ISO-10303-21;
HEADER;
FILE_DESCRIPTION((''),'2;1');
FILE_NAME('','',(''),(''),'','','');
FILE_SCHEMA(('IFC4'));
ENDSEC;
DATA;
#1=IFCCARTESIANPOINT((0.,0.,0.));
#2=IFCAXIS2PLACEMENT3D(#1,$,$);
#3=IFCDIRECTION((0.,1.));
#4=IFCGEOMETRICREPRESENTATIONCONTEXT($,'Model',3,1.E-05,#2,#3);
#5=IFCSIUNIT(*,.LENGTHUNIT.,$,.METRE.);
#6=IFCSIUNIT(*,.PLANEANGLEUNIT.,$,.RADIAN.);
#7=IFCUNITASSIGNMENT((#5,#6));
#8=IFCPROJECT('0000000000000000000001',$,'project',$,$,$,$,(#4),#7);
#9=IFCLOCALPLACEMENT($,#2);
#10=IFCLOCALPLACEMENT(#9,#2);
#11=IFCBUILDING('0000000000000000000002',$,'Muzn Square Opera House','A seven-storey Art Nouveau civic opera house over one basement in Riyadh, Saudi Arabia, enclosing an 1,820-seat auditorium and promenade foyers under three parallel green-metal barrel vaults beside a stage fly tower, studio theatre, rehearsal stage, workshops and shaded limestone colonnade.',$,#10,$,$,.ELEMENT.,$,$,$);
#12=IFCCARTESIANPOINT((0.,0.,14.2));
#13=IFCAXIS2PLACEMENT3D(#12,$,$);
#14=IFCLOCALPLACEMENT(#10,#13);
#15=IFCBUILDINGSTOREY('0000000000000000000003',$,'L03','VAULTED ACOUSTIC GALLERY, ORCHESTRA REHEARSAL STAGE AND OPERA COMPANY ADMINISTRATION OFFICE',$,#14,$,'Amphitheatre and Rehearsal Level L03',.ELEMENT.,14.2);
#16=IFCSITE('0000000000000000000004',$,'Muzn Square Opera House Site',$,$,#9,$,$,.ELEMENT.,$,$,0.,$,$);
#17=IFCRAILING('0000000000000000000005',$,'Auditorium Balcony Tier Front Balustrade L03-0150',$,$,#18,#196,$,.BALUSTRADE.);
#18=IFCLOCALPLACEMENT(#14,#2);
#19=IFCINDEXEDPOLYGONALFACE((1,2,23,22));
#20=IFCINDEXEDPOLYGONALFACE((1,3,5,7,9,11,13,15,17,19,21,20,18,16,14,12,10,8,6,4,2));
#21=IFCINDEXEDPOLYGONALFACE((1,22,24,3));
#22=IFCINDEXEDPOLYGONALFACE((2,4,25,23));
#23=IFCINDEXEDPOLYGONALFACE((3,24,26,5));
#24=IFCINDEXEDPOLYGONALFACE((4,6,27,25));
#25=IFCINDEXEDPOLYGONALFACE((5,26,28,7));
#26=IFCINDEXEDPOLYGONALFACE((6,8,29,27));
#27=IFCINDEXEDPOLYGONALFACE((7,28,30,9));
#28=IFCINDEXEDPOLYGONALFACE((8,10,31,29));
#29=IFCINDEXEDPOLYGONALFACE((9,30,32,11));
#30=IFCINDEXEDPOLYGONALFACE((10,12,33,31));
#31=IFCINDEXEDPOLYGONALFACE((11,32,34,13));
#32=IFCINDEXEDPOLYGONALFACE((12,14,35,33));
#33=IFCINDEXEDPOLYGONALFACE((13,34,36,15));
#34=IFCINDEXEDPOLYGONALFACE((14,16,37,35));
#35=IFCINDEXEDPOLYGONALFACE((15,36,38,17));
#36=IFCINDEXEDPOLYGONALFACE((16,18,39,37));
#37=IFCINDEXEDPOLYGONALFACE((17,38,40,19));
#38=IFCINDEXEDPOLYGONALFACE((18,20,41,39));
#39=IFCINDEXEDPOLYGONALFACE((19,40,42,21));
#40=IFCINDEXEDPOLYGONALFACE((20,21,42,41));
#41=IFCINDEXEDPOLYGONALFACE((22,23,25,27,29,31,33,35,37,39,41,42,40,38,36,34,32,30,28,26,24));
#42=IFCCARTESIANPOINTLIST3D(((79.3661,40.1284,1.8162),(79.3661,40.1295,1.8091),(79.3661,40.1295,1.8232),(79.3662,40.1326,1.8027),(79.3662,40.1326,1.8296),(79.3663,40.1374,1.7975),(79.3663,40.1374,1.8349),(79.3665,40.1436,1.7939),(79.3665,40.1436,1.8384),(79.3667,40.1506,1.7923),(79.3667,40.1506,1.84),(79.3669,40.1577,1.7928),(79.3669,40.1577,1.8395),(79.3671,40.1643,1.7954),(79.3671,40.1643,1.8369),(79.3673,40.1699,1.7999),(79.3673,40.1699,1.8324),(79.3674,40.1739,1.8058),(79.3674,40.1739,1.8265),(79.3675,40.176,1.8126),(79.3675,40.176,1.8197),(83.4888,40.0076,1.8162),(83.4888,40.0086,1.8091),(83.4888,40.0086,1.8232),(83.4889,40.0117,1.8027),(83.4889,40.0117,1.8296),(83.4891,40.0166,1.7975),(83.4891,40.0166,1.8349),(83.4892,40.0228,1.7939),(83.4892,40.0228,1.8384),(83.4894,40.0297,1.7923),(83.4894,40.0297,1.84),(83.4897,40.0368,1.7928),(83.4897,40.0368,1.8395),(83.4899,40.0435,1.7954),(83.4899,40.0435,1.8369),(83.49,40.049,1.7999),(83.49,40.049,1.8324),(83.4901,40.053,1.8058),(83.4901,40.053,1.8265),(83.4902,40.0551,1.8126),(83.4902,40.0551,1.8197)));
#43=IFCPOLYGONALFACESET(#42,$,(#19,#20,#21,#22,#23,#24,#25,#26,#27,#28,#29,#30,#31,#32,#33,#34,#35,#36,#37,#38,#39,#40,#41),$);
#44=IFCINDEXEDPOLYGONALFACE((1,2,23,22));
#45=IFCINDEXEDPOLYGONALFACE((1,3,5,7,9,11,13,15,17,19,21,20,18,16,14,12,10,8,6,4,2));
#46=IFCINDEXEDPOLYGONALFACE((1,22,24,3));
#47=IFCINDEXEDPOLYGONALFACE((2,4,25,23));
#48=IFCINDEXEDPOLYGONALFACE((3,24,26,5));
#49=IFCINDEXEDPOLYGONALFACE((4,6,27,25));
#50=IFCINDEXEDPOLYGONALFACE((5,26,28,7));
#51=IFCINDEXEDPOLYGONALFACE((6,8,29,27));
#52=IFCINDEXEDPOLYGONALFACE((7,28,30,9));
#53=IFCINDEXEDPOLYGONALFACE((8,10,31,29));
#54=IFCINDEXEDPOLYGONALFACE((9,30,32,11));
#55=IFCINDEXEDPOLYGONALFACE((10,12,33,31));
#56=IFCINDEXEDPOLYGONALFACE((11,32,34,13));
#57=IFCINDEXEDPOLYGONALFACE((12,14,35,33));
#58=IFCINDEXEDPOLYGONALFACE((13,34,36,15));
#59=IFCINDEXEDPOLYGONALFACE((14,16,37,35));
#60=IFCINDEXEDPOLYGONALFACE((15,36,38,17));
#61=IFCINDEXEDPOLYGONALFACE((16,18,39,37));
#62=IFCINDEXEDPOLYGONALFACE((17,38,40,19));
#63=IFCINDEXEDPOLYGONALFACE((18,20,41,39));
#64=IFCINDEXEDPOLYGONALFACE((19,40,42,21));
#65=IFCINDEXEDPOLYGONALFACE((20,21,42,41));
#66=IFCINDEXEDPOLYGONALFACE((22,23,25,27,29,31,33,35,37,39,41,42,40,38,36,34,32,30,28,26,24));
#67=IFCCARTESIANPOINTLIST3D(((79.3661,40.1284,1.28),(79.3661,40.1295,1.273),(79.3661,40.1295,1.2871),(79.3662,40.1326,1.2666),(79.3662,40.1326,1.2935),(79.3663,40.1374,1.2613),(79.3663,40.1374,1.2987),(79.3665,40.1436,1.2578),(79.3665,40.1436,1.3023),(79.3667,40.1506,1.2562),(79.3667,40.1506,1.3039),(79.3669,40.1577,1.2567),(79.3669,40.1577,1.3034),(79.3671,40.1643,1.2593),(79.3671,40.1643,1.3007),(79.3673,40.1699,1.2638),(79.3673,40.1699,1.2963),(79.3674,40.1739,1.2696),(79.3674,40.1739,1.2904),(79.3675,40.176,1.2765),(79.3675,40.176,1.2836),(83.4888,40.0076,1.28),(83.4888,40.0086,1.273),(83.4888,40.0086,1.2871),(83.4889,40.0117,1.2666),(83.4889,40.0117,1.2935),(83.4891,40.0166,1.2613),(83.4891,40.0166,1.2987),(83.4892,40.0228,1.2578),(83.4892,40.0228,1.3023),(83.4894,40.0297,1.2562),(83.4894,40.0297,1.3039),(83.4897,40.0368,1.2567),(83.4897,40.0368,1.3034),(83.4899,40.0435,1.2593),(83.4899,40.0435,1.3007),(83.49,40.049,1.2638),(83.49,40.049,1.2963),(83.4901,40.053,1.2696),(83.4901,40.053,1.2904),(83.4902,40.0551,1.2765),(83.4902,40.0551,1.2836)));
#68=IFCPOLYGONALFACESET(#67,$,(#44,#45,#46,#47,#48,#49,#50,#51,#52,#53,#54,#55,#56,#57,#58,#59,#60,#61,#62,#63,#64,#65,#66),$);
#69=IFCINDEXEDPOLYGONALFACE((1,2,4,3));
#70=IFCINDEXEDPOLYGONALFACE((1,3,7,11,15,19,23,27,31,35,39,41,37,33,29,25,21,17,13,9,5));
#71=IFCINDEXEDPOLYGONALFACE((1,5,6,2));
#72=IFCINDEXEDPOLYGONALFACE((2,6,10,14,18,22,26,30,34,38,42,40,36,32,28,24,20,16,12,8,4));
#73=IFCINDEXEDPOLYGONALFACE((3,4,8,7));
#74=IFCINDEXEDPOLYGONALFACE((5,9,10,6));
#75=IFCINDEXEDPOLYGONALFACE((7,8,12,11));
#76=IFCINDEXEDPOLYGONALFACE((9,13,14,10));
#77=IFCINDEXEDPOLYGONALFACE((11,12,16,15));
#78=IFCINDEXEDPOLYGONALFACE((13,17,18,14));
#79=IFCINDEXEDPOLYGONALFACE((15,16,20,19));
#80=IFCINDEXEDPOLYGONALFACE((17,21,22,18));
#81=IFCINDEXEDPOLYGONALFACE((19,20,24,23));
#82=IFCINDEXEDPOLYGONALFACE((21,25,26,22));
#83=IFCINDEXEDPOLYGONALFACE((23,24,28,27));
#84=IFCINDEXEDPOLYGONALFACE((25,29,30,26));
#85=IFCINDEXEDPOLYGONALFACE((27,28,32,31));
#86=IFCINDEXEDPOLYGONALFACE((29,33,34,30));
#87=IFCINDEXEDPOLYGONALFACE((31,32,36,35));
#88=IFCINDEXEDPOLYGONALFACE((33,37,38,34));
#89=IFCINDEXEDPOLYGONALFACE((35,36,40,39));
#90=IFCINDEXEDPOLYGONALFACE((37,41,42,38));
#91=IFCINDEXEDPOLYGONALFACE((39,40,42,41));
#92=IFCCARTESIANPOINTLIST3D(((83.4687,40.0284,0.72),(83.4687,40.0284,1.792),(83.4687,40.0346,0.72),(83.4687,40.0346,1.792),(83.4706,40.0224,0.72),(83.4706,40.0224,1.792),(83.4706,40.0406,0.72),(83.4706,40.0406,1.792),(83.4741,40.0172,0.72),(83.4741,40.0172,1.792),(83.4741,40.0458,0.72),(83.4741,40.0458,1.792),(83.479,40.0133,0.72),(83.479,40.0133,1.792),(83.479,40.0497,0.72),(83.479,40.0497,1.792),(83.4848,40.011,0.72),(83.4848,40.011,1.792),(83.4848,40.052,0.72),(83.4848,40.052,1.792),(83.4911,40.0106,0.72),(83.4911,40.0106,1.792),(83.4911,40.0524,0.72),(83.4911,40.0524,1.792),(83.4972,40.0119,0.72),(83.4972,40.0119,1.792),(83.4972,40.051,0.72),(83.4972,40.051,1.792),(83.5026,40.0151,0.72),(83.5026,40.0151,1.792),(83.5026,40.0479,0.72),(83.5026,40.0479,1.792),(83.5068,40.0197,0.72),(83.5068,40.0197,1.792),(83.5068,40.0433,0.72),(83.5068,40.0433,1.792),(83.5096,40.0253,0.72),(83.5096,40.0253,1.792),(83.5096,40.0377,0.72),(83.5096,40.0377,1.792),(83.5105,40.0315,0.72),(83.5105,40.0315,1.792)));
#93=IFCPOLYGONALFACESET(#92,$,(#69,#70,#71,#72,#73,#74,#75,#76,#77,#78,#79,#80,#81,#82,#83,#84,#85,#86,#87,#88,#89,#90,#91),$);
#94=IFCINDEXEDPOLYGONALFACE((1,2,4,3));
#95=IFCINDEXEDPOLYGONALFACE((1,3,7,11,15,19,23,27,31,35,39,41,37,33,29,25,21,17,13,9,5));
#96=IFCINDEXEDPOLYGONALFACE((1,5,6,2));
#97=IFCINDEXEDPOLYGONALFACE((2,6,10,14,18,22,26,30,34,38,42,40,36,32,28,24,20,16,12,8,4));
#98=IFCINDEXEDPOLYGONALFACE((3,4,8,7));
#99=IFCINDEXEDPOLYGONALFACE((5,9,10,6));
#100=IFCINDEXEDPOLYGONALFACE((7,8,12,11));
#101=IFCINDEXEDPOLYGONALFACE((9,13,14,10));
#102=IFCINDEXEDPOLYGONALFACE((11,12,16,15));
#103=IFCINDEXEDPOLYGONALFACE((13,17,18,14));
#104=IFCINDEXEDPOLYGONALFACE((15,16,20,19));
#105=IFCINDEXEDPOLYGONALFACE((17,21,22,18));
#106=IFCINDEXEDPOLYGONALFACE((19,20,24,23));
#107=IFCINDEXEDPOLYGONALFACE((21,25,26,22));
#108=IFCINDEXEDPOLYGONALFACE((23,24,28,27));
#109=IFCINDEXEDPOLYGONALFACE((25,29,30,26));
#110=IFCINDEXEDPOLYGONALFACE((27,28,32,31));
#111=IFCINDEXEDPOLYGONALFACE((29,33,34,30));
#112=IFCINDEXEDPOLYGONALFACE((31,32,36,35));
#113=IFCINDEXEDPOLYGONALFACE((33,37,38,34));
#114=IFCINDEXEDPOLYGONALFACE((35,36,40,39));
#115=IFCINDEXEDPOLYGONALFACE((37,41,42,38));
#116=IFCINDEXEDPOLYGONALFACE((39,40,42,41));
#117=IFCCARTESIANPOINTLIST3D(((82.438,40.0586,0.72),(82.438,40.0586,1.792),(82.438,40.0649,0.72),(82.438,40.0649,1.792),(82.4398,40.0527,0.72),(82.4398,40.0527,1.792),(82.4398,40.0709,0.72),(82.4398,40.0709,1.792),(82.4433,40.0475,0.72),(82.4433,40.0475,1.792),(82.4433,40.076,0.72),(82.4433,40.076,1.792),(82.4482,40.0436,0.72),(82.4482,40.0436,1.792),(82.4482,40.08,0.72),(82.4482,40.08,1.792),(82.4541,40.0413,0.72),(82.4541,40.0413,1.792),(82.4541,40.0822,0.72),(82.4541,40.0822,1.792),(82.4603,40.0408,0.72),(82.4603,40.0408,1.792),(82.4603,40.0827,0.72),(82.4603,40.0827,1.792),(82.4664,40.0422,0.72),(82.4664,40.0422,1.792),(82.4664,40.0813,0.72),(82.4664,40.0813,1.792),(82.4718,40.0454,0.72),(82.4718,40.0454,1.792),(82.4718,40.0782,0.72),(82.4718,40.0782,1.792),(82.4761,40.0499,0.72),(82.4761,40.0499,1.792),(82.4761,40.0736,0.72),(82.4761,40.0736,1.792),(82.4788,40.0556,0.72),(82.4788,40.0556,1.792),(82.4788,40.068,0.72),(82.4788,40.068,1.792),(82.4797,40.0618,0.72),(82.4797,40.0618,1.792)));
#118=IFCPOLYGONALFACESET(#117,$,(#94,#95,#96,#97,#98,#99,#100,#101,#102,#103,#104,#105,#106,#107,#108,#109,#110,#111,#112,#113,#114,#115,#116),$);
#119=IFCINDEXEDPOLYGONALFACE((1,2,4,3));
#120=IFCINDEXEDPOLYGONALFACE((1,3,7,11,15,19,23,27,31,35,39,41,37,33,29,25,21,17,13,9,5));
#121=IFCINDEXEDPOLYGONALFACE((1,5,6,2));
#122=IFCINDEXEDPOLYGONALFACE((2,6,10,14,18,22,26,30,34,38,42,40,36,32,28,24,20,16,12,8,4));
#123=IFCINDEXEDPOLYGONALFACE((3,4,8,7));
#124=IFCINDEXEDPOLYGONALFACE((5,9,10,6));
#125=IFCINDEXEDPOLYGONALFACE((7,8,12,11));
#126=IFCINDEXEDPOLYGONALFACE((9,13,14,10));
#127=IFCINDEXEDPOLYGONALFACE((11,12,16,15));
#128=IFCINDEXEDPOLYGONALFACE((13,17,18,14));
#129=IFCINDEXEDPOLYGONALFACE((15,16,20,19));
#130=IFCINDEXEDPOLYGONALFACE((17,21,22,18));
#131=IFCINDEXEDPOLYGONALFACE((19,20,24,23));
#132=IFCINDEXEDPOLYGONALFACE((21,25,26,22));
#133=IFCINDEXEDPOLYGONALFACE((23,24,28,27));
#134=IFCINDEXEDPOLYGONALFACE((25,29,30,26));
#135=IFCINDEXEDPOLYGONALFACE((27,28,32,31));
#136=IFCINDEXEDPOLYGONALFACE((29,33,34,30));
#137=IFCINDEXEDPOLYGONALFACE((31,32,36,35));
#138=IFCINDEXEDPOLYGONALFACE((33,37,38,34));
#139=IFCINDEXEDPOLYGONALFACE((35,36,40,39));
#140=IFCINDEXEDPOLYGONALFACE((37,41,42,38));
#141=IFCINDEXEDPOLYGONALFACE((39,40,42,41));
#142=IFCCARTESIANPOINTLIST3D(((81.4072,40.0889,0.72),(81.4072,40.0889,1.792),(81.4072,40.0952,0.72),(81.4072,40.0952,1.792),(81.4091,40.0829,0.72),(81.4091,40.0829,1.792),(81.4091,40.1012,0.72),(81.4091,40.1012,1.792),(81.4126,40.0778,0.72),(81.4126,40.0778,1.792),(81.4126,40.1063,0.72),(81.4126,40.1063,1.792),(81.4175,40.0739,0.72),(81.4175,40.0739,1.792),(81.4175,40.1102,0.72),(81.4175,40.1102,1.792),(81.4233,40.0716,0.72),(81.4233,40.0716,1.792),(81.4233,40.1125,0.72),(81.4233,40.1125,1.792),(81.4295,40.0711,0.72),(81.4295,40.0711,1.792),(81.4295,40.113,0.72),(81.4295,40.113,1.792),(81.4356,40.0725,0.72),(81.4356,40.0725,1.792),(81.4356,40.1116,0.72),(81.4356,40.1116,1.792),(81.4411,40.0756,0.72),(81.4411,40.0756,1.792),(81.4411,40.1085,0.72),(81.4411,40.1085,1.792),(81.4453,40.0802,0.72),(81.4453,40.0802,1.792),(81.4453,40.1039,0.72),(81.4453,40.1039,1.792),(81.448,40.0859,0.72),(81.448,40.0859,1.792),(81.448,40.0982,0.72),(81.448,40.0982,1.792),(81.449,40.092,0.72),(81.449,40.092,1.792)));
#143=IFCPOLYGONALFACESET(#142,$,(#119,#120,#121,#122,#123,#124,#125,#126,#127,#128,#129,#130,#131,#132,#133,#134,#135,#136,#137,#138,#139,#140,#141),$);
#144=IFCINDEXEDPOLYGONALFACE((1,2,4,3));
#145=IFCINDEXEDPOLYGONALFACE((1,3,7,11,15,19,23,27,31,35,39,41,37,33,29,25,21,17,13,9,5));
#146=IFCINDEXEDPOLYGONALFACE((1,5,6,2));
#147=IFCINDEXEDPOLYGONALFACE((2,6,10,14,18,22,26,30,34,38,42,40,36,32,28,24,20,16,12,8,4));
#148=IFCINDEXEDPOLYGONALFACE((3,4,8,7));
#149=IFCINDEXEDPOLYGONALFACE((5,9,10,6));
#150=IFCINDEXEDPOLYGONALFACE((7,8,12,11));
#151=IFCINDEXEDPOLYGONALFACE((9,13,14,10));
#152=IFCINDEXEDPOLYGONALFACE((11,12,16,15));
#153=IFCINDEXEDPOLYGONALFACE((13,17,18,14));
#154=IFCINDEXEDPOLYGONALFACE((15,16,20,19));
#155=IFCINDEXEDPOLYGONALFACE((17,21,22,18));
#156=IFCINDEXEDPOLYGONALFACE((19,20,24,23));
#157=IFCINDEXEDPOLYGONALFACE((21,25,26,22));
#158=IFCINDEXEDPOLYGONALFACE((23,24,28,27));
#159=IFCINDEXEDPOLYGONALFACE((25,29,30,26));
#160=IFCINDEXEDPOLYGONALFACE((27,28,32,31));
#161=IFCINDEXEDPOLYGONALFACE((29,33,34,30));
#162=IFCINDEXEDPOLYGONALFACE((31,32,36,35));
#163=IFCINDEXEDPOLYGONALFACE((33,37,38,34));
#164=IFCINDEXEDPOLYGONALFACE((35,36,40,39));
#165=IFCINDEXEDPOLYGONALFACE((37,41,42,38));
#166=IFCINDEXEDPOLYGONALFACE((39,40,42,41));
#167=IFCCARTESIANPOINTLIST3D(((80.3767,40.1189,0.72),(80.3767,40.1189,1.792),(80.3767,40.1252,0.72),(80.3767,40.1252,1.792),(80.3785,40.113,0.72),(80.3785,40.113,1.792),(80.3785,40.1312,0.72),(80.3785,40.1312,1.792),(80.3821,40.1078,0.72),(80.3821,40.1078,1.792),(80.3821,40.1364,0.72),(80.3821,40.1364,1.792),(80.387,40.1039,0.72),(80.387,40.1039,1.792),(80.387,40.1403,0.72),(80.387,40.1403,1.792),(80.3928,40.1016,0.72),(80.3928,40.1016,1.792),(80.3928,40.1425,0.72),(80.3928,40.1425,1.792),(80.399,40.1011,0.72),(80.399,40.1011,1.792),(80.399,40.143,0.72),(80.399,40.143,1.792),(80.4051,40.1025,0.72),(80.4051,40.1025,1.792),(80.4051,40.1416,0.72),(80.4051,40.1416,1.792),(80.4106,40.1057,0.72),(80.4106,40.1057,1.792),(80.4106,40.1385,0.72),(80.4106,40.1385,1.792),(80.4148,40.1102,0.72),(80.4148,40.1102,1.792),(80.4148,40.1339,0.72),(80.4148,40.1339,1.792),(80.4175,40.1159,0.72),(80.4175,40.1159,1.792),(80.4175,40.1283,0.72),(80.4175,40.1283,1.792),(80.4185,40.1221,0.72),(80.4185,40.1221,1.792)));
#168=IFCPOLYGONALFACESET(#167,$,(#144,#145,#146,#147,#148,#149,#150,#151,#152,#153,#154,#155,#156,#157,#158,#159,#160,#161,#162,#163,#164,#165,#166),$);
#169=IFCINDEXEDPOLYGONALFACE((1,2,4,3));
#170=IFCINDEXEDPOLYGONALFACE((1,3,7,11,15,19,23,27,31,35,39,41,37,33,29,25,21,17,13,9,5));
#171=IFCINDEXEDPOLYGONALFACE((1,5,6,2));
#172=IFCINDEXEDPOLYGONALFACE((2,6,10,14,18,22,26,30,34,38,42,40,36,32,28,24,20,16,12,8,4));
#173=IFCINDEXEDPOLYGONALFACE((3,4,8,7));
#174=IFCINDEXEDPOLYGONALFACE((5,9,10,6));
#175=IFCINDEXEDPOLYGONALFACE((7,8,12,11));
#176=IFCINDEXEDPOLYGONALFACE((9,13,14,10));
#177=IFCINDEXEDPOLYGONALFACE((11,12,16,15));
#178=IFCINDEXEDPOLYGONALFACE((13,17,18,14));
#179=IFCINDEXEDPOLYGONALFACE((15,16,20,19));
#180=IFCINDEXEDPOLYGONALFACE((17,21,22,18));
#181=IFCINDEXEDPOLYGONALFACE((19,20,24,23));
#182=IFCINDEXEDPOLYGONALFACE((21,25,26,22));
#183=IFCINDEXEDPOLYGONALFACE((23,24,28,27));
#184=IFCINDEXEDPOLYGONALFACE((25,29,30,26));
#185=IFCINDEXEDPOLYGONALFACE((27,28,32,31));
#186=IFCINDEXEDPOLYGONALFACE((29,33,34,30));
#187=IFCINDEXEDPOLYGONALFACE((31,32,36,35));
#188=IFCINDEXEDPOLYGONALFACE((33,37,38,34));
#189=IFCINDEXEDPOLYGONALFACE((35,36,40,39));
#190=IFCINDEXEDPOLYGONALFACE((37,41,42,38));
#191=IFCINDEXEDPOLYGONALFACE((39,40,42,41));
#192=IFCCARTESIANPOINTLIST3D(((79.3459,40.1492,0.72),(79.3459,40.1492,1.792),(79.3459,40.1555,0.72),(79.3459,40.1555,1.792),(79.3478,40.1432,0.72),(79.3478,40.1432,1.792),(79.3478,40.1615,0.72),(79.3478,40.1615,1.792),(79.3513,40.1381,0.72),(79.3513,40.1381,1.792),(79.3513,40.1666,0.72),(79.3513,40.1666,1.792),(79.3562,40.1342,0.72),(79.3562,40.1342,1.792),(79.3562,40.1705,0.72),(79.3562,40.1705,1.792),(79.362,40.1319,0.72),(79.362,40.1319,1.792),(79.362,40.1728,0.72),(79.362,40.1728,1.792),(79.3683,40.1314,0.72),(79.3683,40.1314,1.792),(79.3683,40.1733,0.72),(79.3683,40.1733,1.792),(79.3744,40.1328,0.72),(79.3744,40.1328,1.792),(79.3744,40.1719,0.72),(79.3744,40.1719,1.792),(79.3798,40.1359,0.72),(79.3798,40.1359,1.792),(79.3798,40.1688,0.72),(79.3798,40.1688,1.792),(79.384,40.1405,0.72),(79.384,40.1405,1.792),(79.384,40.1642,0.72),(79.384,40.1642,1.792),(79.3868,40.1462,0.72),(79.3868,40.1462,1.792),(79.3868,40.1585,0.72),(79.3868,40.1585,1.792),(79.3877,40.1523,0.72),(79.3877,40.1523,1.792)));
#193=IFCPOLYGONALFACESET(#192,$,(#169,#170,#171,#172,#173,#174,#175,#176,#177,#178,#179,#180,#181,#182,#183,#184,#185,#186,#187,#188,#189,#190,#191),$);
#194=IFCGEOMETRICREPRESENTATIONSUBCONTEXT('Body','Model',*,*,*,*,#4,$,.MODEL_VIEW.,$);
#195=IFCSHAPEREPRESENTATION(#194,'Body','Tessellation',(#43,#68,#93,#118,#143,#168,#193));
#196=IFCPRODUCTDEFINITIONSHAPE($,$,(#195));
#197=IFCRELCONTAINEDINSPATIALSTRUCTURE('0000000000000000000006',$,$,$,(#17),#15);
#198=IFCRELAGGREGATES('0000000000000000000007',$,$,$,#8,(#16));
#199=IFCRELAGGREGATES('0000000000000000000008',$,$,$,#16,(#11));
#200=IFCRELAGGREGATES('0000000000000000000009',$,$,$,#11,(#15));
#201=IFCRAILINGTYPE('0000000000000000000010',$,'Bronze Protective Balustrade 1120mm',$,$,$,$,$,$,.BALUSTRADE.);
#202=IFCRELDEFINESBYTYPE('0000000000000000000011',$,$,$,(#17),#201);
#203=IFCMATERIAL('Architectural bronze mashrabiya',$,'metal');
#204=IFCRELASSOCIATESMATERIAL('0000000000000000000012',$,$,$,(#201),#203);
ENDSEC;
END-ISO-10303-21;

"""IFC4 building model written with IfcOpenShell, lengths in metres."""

from ifc_helpers import new_model, si_unit, direction, frame, origin, origin_2d, place, context, subcontext, project, spatial, circle, extrude, material, type_object, element, save


model = new_model("IFC4")

# Units and contexts
model_context = context("Model", 3, precision=1e-05, world=origin(), true_north=direction((0.0, 1.0)))
body_context = subcontext(model_context, "Body", "Model", "MODEL_VIEW")
ifc_project = project(units=[si_unit("LENGTHUNIT", "METRE"), si_unit("PLANEANGLEUNIT", "RADIAN")], contexts=[model_context])

# Site, building, storey
site_placement = place(None, origin())
site = spatial("IfcSite", under=ifc_project, at=site_placement, Name="Muzn Square Opera House Site", CompositionType="ELEMENT", RefElevation=0.0)
building_placement = place(site_placement, origin())
building = spatial("IfcBuilding", under=site, at=building_placement, Name="Muzn Square Opera House", Description="A seven-storey Art Nouveau civic opera house over one basement in Riyadh, Saudi Arabia, enclosing an 1,820-seat auditorium and promenade foyers under three parallel green-metal barrel vaults beside a stage fly tower, studio theatre, rehearsal stage, workshops and shaded limestone colonnade.", CompositionType="ELEMENT")
storey_placement = place(building_placement, frame((0.0, 0.0, 14.2)))
storey = spatial("IfcBuildingStorey", under=building, at=storey_placement, Name="L03", Description="VAULTED ACOUSTIC GALLERY, ORCHESTRA REHEARSAL STAGE AND OPERA COMPANY ADMINISTRATION OFFICE", LongName="Amphitheatre and Rehearsal Level L03", CompositionType="ELEMENT", Elevation=14.2)

# Railing
ifc_material_1 = material(Name="Architectural bronze mashrabiya", Category="metal")
railing_type = type_object("IfcRailingType", Name="Bronze Protective Balustrade 1120mm", PredefinedType="BALUSTRADE", material=ifc_material_1)
railing_1_placement = place(storey_placement, frame((83.4895, 40.0315, 0.72)))
element("IfcRailing", 1, at=railing_1_placement, inside=storey, type_object=railing_type, Name="Auditorium Balcony Tier Front Balustrade L03-0150", PredefinedType="BALUSTRADE", context=body_context, shape_type="SweptSolid", body=[
    extrude(circle(Radius=0.0239, at=origin_2d()), frame((0.0, 0.0, 1.0962), z_axis=(-0.999571, 0.0293, 0.0), x_axis=(-0.0293, -0.999571, 0.0)), (0.0, 0.0, 1.0), 4.1245),
    extrude(circle(Radius=0.0239, at=origin_2d()), frame((0.0, 0.0, 0.5601), z_axis=(-0.999571, 0.0293, 0.0), x_axis=(-0.0293, -0.999571, 0.0)), (0.0, 0.0, 1.0), 4.1245),
    extrude(circle(Radius=0.021, at=origin_2d()), origin(), (0.0, 0.0, 1.0), 1.072),
    extrude(circle(Radius=0.021, at=origin_2d()), frame((-1.0308, 0.0303, 0.0)), (0.0, 0.0, 1.0), 1.072),
    extrude(circle(Radius=0.021, at=origin_2d()), frame((-2.0615, 0.0605, 0.0)), (0.0, 0.0, 1.0), 1.072),
    extrude(circle(Radius=0.021, at=origin_2d()), frame((-3.092, 0.0906, 0.0)), (0.0, 0.0, 1.0), 1.072),
    extrude(circle(Radius=0.021, at=origin_2d()), frame((-4.1228, 0.1208, 0.0)), (0.0, 0.0, 1.0), 1.072),
])

save(model, "model.ifc")
